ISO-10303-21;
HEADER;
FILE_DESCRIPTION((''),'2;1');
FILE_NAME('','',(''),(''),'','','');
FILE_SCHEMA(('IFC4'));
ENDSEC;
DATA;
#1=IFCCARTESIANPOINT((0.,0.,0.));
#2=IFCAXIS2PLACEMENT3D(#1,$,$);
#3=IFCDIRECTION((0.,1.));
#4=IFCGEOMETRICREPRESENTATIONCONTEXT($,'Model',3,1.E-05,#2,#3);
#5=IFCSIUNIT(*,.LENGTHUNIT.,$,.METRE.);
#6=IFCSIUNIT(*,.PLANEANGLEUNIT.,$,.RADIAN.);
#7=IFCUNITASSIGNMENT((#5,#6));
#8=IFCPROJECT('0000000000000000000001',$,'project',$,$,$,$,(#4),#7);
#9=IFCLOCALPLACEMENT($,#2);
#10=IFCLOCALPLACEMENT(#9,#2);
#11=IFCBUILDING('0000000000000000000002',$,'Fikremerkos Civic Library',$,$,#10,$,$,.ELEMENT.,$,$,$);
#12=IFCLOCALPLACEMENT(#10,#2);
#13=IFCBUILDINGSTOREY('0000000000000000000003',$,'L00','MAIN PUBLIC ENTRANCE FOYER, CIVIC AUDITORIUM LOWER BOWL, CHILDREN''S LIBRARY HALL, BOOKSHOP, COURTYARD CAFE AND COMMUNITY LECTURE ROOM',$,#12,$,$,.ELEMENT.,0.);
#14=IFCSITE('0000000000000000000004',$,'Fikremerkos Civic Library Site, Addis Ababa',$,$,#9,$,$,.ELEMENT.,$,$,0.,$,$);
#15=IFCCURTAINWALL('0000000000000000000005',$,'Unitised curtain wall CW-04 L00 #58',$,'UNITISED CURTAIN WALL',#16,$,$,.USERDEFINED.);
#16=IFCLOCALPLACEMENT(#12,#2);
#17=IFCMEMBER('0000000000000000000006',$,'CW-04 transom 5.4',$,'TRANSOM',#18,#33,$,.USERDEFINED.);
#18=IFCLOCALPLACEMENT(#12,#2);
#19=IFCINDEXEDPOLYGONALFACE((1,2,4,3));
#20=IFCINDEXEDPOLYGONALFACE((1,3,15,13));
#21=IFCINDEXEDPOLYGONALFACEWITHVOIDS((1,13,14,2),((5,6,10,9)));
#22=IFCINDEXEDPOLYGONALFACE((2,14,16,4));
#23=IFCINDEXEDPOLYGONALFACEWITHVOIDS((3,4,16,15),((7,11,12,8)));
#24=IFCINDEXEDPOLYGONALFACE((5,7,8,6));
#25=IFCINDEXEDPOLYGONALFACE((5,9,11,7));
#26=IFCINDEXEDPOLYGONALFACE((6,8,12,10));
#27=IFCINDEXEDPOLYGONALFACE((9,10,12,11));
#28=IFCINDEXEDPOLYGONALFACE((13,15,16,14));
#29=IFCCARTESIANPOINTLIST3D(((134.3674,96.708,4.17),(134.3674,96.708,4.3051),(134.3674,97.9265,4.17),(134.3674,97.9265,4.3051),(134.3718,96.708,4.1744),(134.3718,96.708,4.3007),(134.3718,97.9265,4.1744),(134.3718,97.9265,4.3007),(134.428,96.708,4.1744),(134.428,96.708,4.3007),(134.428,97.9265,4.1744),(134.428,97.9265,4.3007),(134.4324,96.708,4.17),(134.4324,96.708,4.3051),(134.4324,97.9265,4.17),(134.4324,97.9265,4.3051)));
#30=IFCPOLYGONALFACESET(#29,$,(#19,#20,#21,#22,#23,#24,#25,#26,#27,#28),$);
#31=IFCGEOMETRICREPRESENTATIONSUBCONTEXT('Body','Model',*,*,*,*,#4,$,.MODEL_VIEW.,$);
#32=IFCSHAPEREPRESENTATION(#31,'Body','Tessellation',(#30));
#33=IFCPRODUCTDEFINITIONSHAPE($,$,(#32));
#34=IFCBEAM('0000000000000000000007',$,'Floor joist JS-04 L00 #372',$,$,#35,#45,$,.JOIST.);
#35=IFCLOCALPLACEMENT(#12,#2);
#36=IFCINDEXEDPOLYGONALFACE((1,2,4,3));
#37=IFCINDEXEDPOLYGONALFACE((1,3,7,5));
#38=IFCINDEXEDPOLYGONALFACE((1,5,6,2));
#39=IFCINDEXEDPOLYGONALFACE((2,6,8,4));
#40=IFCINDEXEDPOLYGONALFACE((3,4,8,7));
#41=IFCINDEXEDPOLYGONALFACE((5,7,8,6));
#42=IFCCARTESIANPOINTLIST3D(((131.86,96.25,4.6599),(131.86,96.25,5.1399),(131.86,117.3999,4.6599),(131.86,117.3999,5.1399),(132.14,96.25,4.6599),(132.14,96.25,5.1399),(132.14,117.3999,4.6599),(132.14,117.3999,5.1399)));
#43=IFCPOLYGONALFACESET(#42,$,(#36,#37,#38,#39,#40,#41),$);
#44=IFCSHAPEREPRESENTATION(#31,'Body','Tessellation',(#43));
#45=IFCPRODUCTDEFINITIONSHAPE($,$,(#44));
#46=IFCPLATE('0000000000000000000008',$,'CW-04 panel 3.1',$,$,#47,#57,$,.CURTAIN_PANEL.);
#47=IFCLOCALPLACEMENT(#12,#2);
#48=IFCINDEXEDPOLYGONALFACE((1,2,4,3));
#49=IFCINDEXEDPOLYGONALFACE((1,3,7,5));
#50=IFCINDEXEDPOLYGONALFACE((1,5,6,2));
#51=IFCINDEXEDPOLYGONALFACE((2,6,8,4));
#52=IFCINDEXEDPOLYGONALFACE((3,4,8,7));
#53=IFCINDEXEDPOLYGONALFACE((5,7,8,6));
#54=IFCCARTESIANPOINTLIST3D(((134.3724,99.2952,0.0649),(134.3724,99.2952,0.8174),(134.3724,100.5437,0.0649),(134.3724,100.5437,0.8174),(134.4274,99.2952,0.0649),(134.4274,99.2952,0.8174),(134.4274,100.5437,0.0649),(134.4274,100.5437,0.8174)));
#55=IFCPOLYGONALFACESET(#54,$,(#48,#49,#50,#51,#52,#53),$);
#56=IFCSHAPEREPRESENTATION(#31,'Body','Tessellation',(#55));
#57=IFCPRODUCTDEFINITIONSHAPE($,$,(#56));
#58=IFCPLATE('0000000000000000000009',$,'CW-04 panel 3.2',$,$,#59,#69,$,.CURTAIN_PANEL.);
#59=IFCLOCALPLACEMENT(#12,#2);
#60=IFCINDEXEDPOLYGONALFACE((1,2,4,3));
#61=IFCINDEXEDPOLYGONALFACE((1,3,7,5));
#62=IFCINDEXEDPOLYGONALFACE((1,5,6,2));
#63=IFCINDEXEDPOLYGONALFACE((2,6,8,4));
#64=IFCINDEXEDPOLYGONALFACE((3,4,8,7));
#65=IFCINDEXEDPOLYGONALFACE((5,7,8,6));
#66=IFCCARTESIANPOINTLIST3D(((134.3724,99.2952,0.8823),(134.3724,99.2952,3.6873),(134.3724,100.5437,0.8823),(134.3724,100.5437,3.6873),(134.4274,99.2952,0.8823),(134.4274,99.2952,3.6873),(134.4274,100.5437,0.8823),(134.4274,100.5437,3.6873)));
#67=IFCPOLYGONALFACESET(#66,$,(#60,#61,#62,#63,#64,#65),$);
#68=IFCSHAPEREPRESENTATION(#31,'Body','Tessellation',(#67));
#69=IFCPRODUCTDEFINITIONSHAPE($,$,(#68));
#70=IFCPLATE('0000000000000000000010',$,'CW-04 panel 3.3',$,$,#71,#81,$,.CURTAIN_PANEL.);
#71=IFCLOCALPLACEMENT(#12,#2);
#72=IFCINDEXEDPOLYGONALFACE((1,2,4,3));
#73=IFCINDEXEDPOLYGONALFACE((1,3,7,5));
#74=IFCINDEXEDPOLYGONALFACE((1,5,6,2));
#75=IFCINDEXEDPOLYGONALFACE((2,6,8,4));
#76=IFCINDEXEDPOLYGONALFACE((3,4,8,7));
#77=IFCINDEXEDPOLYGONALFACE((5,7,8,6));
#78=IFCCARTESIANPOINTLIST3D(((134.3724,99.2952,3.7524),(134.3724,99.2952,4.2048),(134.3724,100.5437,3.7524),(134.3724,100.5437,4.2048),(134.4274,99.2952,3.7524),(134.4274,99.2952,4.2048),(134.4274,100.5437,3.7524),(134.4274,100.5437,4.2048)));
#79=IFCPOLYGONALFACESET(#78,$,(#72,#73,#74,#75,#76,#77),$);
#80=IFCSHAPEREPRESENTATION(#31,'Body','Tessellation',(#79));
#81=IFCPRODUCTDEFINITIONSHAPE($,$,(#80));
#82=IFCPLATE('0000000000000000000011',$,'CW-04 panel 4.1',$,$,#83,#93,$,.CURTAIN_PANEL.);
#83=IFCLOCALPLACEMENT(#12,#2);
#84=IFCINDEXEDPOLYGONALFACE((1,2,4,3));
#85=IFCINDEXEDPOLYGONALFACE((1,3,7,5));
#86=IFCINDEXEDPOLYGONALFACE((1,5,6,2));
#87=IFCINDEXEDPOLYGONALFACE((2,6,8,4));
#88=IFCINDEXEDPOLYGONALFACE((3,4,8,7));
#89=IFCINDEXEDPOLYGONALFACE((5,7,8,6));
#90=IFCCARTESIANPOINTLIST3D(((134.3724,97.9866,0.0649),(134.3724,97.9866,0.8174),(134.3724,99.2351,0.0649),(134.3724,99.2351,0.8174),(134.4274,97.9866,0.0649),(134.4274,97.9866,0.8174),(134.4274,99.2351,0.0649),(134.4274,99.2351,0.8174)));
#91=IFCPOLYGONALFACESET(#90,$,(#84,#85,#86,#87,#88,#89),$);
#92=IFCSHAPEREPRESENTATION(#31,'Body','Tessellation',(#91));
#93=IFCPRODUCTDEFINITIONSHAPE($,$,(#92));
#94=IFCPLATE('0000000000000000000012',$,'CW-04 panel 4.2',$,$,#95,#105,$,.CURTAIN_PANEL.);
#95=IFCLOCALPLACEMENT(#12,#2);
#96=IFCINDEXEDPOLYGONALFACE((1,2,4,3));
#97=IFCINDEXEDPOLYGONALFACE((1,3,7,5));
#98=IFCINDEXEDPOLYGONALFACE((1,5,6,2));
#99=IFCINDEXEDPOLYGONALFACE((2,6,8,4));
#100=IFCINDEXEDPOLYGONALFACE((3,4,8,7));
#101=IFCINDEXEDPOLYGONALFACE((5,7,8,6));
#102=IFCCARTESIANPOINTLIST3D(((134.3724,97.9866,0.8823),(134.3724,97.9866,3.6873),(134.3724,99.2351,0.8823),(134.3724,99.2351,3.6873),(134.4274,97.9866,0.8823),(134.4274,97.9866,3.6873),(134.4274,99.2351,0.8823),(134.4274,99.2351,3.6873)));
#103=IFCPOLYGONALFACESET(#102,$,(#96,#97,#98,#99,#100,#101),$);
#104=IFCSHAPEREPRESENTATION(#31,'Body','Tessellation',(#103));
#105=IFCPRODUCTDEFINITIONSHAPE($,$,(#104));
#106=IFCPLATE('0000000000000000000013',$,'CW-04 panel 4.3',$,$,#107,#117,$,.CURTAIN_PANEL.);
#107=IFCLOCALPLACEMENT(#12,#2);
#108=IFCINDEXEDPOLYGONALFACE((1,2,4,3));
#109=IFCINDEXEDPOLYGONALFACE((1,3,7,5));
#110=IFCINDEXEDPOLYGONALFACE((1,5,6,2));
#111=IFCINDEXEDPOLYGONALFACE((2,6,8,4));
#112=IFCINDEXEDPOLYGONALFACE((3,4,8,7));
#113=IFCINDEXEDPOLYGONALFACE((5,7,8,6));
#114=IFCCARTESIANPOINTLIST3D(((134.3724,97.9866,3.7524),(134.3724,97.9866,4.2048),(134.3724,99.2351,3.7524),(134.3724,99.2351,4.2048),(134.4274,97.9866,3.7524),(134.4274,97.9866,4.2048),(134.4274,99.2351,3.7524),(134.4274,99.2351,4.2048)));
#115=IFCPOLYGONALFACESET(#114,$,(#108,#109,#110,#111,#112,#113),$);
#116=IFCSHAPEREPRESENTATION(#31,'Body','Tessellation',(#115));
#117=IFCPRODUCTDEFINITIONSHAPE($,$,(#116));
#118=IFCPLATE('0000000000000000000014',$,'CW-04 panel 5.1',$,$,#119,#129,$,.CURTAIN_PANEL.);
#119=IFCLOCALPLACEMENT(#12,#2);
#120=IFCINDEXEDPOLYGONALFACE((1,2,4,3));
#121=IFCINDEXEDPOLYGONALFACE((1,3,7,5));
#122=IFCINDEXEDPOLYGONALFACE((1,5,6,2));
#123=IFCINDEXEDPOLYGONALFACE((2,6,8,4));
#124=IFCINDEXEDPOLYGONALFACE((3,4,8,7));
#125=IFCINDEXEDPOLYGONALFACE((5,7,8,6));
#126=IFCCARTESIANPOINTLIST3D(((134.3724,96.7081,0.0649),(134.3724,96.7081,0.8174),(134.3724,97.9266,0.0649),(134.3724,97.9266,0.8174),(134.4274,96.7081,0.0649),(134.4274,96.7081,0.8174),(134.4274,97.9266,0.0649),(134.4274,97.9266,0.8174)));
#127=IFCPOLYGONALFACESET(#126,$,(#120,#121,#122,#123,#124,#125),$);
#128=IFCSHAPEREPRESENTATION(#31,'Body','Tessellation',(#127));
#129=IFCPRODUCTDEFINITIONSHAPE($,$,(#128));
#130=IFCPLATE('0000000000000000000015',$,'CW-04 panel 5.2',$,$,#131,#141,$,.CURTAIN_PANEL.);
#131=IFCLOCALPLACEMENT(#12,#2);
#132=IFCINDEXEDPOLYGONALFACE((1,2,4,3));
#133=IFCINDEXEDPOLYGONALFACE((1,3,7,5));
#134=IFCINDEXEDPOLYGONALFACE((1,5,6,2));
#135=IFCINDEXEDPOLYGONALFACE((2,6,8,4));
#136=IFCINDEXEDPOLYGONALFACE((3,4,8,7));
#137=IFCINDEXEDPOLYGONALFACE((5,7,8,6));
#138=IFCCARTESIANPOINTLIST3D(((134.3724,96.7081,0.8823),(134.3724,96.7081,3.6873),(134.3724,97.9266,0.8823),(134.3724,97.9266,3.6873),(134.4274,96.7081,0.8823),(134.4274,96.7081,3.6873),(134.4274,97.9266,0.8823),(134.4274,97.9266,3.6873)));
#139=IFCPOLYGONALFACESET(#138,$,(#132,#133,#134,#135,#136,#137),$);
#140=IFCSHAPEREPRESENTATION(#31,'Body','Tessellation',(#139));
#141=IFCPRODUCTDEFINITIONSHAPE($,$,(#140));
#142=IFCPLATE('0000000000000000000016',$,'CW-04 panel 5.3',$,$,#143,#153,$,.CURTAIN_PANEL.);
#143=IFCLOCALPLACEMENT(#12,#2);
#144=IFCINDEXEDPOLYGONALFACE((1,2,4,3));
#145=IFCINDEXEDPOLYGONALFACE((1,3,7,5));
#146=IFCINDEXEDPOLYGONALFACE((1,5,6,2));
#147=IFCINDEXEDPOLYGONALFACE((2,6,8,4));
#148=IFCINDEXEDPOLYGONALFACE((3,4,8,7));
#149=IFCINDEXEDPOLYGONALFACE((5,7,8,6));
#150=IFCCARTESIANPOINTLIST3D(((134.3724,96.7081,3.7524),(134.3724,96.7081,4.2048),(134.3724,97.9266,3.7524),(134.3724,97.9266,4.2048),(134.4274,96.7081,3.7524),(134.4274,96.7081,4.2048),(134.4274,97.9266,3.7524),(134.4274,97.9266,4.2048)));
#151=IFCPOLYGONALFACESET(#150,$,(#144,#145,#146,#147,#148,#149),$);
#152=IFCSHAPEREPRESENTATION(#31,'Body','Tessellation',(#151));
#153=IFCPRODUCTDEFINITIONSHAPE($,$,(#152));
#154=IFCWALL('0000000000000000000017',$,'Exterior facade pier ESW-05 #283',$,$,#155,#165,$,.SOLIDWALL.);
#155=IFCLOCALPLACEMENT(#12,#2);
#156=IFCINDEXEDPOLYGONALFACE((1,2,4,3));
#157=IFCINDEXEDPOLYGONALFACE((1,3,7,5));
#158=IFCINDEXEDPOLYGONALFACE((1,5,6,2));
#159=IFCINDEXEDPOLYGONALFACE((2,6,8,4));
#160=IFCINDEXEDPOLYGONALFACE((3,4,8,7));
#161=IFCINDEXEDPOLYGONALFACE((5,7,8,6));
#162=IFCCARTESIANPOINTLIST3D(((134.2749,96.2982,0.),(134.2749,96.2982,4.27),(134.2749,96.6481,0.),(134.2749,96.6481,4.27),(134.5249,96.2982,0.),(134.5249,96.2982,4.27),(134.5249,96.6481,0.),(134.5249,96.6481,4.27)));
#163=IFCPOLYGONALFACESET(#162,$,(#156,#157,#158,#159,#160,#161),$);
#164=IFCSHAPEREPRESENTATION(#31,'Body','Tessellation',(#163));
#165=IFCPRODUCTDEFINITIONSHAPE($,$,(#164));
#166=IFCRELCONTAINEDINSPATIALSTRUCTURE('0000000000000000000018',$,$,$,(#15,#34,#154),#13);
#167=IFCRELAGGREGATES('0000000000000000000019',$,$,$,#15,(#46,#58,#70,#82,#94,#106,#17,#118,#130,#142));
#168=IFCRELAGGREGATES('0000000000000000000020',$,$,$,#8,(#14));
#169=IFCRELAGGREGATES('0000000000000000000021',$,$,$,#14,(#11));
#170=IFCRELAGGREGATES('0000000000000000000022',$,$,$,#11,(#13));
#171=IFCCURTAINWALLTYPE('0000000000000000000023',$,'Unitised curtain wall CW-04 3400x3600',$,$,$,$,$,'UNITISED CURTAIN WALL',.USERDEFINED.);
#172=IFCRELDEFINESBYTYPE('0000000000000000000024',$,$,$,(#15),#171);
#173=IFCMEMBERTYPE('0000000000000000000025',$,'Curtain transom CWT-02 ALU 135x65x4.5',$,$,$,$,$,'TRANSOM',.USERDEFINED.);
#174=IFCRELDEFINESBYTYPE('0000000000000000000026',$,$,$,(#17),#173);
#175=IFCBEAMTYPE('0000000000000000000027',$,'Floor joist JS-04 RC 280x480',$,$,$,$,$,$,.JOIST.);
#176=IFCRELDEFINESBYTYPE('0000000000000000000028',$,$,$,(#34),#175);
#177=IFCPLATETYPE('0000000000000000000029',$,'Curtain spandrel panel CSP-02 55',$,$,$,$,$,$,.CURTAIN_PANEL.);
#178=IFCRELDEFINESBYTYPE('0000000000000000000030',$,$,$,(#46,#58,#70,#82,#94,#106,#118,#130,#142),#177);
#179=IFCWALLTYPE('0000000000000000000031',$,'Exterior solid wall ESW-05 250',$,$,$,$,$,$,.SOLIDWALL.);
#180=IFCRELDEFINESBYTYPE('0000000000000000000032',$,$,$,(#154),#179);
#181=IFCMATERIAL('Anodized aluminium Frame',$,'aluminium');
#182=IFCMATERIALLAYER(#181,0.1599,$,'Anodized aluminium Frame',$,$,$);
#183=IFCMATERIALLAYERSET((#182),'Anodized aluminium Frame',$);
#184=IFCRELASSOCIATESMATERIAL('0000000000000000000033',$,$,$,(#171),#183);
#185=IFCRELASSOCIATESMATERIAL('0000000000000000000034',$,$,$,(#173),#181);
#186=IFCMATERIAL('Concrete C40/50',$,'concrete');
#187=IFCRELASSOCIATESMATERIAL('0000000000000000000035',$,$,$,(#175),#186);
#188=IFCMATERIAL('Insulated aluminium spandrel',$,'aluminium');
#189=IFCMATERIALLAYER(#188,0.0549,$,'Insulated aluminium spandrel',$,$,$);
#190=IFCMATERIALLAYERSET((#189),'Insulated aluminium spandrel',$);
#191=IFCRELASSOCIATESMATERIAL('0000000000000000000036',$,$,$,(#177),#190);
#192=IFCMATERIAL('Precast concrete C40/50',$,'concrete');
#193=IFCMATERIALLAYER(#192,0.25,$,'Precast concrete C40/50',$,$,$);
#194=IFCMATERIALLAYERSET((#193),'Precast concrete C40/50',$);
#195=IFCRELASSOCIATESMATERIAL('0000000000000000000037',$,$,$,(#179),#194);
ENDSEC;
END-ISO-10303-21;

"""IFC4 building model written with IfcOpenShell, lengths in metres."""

from ifc_helpers import new_model, si_unit, direction, frame, frame_2d, origin, origin_2d, place, context, subcontext, project, spatial, rectangle, hollow_rectangle, extrude, material, layer, layer_set, material_profile, profile_set, type_object, element, aggregate, save


model = new_model("IFC4")

# Units and contexts
model_context = context("Model", 3, precision=1e-05, world=origin(), true_north=direction((0.0, 1.0)))
body_context = subcontext(model_context, "Body", "Model", "MODEL_VIEW")
ifc_project = project(units=[si_unit("LENGTHUNIT", "METRE"), si_unit("PLANEANGLEUNIT", "RADIAN")], contexts=[model_context])

# Site, building, storey
site_placement = place(None, origin())
site = spatial("IfcSite", under=ifc_project, at=site_placement, Name="Fikremerkos Civic Library Site, Addis Ababa", CompositionType="ELEMENT", RefElevation=0.0)
building_placement = place(site_placement, origin())
building = spatial("IfcBuilding", under=site, at=building_placement, Name="Fikremerkos Civic Library", CompositionType="ELEMENT")
storey_placement = place(building_placement, origin())
storey = spatial("IfcBuildingStorey", under=building, at=storey_placement, Name="L00", Description="MAIN PUBLIC ENTRANCE FOYER, CIVIC AUDITORIUM LOWER BOWL, CHILDREN'S LIBRARY HALL, BOOKSHOP, COURTYARD CAFE AND COMMUNITY LECTURE ROOM", CompositionType="ELEMENT", Elevation=0.0)

# Curtain wall, member
ifc_material_1 = material(Name="Anodized aluminium Frame", Category="aluminium")
ifc_layer_1 = layer(ifc_material_1, 0.1599, Name="Anodized aluminium Frame")
ifc_layer_set_1 = layer_set([ifc_layer_1], Name="Anodized aluminium Frame")
curtain_wall_type = type_object("IfcCurtainWallType", Name="Unitised curtain wall CW-04 3400x3600", ElementType="UNITISED CURTAIN WALL", PredefinedType="USERDEFINED", material=ifc_layer_set_1)
curtain_wall_placement = place(storey_placement, origin())
curtain_wall = element("IfcCurtainWall", 1, at=curtain_wall_placement, inside=storey, type_object=curtain_wall_type, Name="Unitised curtain wall CW-04 L00 #58", ObjectType="UNITISED CURTAIN WALL", PredefinedType="USERDEFINED")
ifc_material_profile_1 = material_profile(ifc_material_1, hollow_rectangle(XDim=0.0649, YDim=0.135, WallThickness=0.0044, at=origin_2d()), Name="ALU 135x65x4.5")
ifc_profile_set_1 = profile_set([ifc_material_profile_1], Name="Anodized aluminium Frame")
member_type_1 = type_object("IfcMemberType", Name="Curtain transom CWT-02 ALU 135x65x4.5", ElementType="TRANSOM", PredefinedType="USERDEFINED", material=ifc_profile_set_1)
member_1_placement = place(storey_placement, frame((134.3999, 97.9265, 4.2375), z_axis=(0.0, -1.0, 0.0), x_axis=(1.0, 0.0, 0.0)))
member_1 = element("IfcMember", 2, at=member_1_placement, type_object=member_type_1, Name="CW-04 transom 5.4", ObjectType="TRANSOM", PredefinedType="USERDEFINED", context=body_context, shape_type="SweptSolid", body=[
    extrude(hollow_rectangle(XDim=0.0649, YDim=0.135, WallThickness=0.0044, at=origin_2d()), origin(), (0.0, 0.0, 1.0), 1.2185),
])

# Beam
ifc_material_2 = material(Name="Concrete C40/50", Category="concrete")
ifc_material_profile_2 = material_profile(ifc_material_2, rectangle(XDim=0.28, YDim=0.48, at=origin_2d()), Name="RC 280x480")
ifc_profile_set_2 = profile_set([ifc_material_profile_2], Name="Concrete C40/50")
beam_type = type_object("IfcBeamType", Name="Floor joist JS-04 RC 280x480", PredefinedType="JOIST", material=ifc_profile_set_2)
beam_placement = place(storey_placement, frame((132.0, 96.25, 4.8999), z_axis=(0.0, 1.0, 0.0), x_axis=(-1.0, 0.0, 0.0)))
element("IfcBeam", 3, at=beam_placement, inside=storey, type_object=beam_type, Name="Floor joist JS-04 L00 #372", PredefinedType="JOIST", context=body_context, shape_type="SweptSolid", body=[
    extrude(rectangle(XDim=0.28, YDim=0.48, at=origin_2d()), origin(), (0.0, 0.0, 1.0), 21.1499),
])

# Plates
ifc_material_3 = material(Name="Insulated aluminium spandrel", Category="aluminium")
ifc_layer_2 = layer(ifc_material_3, 0.0549, Name="Insulated aluminium spandrel")
ifc_layer_set_2 = layer_set([ifc_layer_2], Name="Insulated aluminium spandrel")
plate_type = type_object("IfcPlateType", Name="Curtain spandrel panel CSP-02 55", PredefinedType="CURTAIN_PANEL", material=ifc_layer_set_2)
plate_1_placement = place(storey_placement, frame((134.3999, 99.9194, 0.0649), z_axis=(0.0, 0.0, 1.0), x_axis=(0.0, -1.0, 0.0)))
plate_1 = element("IfcPlate", 4, at=plate_1_placement, type_object=plate_type, Name="CW-04 panel 3.1", PredefinedType="CURTAIN_PANEL", context=body_context, shape_type="SweptSolid", body=[
    extrude(rectangle(XDim=1.2485, YDim=0.0549, at=origin_2d()), origin(), (0.0, 0.0, 1.0), 0.7524),
])
plate_2_placement = place(storey_placement, frame((134.3999, 99.9194, 0.8823), z_axis=(0.0, 0.0, 1.0), x_axis=(0.0, -1.0, 0.0)))
plate_2 = element("IfcPlate", 5, at=plate_2_placement, type_object=plate_type, Name="CW-04 panel 3.2", PredefinedType="CURTAIN_PANEL", context=body_context, shape_type="SweptSolid", body=[
    extrude(rectangle(XDim=1.2485, YDim=0.0549, at=origin_2d()), origin(), (0.0, 0.0, 1.0), 2.8049),
])
plate_3_placement = place(storey_placement, frame((134.3999, 99.9194, 3.7524), z_axis=(0.0, 0.0, 1.0), x_axis=(0.0, -1.0, 0.0)))
plate_3 = element("IfcPlate", 6, at=plate_3_placement, type_object=plate_type, Name="CW-04 panel 3.3", PredefinedType="CURTAIN_PANEL", context=body_context, shape_type="SweptSolid", body=[
    extrude(rectangle(XDim=1.2485, YDim=0.0549, at=origin_2d()), origin(), (0.0, 0.0, 1.0), 0.4524),
])
plate_4_placement = place(storey_placement, frame((134.3999, 98.6108, 0.0649), z_axis=(0.0, 0.0, 1.0), x_axis=(0.0, -1.0, 0.0)))
plate_4 = element("IfcPlate", 7, at=plate_4_placement, type_object=plate_type, Name="CW-04 panel 4.1", PredefinedType="CURTAIN_PANEL", context=body_context, shape_type="SweptSolid", body=[
    extrude(rectangle(XDim=1.2485, YDim=0.0549, at=origin_2d()), origin(), (0.0, 0.0, 1.0), 0.7524),
])
plate_5_placement = place(storey_placement, frame((134.3999, 98.6108, 0.8823), z_axis=(0.0, 0.0, 1.0), x_axis=(0.0, -1.0, 0.0)))
plate_5 = element("IfcPlate", 8, at=plate_5_placement, type_object=plate_type, Name="CW-04 panel 4.2", PredefinedType="CURTAIN_PANEL", context=body_context, shape_type="SweptSolid", body=[
    extrude(rectangle(XDim=1.2485, YDim=0.0549, at=origin_2d()), origin(), (0.0, 0.0, 1.0), 2.8049),
])
plate_6_placement = place(storey_placement, frame((134.3999, 98.6108, 3.7524), z_axis=(0.0, 0.0, 1.0), x_axis=(0.0, -1.0, 0.0)))
plate_6 = element("IfcPlate", 9, at=plate_6_placement, type_object=plate_type, Name="CW-04 panel 4.3", PredefinedType="CURTAIN_PANEL", context=body_context, shape_type="SweptSolid", body=[
    extrude(rectangle(XDim=1.2485, YDim=0.0549, at=origin_2d()), origin(), (0.0, 0.0, 1.0), 0.4524),
])
plate_7_placement = place(storey_placement, frame((134.3999, 97.3174, 0.0649), z_axis=(0.0, 0.0, 1.0), x_axis=(0.0, -1.0, 0.0)))
plate_7 = element("IfcPlate", 10, at=plate_7_placement, type_object=plate_type, Name="CW-04 panel 5.1", PredefinedType="CURTAIN_PANEL", context=body_context, shape_type="SweptSolid", body=[
    extrude(rectangle(XDim=1.2185, YDim=0.0549, at=origin_2d()), origin(), (0.0, 0.0, 1.0), 0.7524),
])
plate_8_placement = place(storey_placement, frame((134.3999, 97.3174, 0.8823), z_axis=(0.0, 0.0, 1.0), x_axis=(0.0, -1.0, 0.0)))
plate_8 = element("IfcPlate", 11, at=plate_8_placement, type_object=plate_type, Name="CW-04 panel 5.2", PredefinedType="CURTAIN_PANEL", context=body_context, shape_type="SweptSolid", body=[
    extrude(rectangle(XDim=1.2185, YDim=0.0549, at=origin_2d()), origin(), (0.0, 0.0, 1.0), 2.8049),
])
plate_9_placement = place(storey_placement, frame((134.3999, 97.3174, 3.7524), z_axis=(0.0, 0.0, 1.0), x_axis=(0.0, -1.0, 0.0)))
plate_9 = element("IfcPlate", 12, at=plate_9_placement, type_object=plate_type, Name="CW-04 panel 5.3", PredefinedType="CURTAIN_PANEL", context=body_context, shape_type="SweptSolid", body=[
    extrude(rectangle(XDim=1.2185, YDim=0.0549, at=origin_2d()), origin(), (0.0, 0.0, 1.0), 0.4524),
])
aggregate(curtain_wall, [plate_1, plate_2, plate_3, plate_4, plate_5, plate_6, member_1, plate_7, plate_8, plate_9])

# Wall
ifc_material_4 = material(Name="Precast concrete C40/50", Category="concrete")
ifc_layer_3 = layer(ifc_material_4, 0.25, Name="Precast concrete C40/50")
ifc_layer_set_3 = layer_set([ifc_layer_3], Name="Precast concrete C40/50")
wall_type = type_object("IfcWallType", Name="Exterior solid wall ESW-05 250", PredefinedType="SOLIDWALL", material=ifc_layer_set_3)
wall_placement = place(storey_placement, frame((134.3999, 96.6479, 0.0), z_axis=(0.0, 0.0, 1.0), x_axis=(0.0, -1.0, 0.0)))
element("IfcWall", 13, at=wall_placement, inside=storey, type_object=wall_type, Name="Exterior facade pier ESW-05 #283", PredefinedType="SOLIDWALL", context=body_context, shape_type="SweptSolid", body=[
    extrude(rectangle(XDim=0.3499, YDim=0.25, at=frame_2d((0.1748, 0.0))), origin(), (0.0, 0.0, 1.0), 4.27),
])

save(model, "model.ifc")
